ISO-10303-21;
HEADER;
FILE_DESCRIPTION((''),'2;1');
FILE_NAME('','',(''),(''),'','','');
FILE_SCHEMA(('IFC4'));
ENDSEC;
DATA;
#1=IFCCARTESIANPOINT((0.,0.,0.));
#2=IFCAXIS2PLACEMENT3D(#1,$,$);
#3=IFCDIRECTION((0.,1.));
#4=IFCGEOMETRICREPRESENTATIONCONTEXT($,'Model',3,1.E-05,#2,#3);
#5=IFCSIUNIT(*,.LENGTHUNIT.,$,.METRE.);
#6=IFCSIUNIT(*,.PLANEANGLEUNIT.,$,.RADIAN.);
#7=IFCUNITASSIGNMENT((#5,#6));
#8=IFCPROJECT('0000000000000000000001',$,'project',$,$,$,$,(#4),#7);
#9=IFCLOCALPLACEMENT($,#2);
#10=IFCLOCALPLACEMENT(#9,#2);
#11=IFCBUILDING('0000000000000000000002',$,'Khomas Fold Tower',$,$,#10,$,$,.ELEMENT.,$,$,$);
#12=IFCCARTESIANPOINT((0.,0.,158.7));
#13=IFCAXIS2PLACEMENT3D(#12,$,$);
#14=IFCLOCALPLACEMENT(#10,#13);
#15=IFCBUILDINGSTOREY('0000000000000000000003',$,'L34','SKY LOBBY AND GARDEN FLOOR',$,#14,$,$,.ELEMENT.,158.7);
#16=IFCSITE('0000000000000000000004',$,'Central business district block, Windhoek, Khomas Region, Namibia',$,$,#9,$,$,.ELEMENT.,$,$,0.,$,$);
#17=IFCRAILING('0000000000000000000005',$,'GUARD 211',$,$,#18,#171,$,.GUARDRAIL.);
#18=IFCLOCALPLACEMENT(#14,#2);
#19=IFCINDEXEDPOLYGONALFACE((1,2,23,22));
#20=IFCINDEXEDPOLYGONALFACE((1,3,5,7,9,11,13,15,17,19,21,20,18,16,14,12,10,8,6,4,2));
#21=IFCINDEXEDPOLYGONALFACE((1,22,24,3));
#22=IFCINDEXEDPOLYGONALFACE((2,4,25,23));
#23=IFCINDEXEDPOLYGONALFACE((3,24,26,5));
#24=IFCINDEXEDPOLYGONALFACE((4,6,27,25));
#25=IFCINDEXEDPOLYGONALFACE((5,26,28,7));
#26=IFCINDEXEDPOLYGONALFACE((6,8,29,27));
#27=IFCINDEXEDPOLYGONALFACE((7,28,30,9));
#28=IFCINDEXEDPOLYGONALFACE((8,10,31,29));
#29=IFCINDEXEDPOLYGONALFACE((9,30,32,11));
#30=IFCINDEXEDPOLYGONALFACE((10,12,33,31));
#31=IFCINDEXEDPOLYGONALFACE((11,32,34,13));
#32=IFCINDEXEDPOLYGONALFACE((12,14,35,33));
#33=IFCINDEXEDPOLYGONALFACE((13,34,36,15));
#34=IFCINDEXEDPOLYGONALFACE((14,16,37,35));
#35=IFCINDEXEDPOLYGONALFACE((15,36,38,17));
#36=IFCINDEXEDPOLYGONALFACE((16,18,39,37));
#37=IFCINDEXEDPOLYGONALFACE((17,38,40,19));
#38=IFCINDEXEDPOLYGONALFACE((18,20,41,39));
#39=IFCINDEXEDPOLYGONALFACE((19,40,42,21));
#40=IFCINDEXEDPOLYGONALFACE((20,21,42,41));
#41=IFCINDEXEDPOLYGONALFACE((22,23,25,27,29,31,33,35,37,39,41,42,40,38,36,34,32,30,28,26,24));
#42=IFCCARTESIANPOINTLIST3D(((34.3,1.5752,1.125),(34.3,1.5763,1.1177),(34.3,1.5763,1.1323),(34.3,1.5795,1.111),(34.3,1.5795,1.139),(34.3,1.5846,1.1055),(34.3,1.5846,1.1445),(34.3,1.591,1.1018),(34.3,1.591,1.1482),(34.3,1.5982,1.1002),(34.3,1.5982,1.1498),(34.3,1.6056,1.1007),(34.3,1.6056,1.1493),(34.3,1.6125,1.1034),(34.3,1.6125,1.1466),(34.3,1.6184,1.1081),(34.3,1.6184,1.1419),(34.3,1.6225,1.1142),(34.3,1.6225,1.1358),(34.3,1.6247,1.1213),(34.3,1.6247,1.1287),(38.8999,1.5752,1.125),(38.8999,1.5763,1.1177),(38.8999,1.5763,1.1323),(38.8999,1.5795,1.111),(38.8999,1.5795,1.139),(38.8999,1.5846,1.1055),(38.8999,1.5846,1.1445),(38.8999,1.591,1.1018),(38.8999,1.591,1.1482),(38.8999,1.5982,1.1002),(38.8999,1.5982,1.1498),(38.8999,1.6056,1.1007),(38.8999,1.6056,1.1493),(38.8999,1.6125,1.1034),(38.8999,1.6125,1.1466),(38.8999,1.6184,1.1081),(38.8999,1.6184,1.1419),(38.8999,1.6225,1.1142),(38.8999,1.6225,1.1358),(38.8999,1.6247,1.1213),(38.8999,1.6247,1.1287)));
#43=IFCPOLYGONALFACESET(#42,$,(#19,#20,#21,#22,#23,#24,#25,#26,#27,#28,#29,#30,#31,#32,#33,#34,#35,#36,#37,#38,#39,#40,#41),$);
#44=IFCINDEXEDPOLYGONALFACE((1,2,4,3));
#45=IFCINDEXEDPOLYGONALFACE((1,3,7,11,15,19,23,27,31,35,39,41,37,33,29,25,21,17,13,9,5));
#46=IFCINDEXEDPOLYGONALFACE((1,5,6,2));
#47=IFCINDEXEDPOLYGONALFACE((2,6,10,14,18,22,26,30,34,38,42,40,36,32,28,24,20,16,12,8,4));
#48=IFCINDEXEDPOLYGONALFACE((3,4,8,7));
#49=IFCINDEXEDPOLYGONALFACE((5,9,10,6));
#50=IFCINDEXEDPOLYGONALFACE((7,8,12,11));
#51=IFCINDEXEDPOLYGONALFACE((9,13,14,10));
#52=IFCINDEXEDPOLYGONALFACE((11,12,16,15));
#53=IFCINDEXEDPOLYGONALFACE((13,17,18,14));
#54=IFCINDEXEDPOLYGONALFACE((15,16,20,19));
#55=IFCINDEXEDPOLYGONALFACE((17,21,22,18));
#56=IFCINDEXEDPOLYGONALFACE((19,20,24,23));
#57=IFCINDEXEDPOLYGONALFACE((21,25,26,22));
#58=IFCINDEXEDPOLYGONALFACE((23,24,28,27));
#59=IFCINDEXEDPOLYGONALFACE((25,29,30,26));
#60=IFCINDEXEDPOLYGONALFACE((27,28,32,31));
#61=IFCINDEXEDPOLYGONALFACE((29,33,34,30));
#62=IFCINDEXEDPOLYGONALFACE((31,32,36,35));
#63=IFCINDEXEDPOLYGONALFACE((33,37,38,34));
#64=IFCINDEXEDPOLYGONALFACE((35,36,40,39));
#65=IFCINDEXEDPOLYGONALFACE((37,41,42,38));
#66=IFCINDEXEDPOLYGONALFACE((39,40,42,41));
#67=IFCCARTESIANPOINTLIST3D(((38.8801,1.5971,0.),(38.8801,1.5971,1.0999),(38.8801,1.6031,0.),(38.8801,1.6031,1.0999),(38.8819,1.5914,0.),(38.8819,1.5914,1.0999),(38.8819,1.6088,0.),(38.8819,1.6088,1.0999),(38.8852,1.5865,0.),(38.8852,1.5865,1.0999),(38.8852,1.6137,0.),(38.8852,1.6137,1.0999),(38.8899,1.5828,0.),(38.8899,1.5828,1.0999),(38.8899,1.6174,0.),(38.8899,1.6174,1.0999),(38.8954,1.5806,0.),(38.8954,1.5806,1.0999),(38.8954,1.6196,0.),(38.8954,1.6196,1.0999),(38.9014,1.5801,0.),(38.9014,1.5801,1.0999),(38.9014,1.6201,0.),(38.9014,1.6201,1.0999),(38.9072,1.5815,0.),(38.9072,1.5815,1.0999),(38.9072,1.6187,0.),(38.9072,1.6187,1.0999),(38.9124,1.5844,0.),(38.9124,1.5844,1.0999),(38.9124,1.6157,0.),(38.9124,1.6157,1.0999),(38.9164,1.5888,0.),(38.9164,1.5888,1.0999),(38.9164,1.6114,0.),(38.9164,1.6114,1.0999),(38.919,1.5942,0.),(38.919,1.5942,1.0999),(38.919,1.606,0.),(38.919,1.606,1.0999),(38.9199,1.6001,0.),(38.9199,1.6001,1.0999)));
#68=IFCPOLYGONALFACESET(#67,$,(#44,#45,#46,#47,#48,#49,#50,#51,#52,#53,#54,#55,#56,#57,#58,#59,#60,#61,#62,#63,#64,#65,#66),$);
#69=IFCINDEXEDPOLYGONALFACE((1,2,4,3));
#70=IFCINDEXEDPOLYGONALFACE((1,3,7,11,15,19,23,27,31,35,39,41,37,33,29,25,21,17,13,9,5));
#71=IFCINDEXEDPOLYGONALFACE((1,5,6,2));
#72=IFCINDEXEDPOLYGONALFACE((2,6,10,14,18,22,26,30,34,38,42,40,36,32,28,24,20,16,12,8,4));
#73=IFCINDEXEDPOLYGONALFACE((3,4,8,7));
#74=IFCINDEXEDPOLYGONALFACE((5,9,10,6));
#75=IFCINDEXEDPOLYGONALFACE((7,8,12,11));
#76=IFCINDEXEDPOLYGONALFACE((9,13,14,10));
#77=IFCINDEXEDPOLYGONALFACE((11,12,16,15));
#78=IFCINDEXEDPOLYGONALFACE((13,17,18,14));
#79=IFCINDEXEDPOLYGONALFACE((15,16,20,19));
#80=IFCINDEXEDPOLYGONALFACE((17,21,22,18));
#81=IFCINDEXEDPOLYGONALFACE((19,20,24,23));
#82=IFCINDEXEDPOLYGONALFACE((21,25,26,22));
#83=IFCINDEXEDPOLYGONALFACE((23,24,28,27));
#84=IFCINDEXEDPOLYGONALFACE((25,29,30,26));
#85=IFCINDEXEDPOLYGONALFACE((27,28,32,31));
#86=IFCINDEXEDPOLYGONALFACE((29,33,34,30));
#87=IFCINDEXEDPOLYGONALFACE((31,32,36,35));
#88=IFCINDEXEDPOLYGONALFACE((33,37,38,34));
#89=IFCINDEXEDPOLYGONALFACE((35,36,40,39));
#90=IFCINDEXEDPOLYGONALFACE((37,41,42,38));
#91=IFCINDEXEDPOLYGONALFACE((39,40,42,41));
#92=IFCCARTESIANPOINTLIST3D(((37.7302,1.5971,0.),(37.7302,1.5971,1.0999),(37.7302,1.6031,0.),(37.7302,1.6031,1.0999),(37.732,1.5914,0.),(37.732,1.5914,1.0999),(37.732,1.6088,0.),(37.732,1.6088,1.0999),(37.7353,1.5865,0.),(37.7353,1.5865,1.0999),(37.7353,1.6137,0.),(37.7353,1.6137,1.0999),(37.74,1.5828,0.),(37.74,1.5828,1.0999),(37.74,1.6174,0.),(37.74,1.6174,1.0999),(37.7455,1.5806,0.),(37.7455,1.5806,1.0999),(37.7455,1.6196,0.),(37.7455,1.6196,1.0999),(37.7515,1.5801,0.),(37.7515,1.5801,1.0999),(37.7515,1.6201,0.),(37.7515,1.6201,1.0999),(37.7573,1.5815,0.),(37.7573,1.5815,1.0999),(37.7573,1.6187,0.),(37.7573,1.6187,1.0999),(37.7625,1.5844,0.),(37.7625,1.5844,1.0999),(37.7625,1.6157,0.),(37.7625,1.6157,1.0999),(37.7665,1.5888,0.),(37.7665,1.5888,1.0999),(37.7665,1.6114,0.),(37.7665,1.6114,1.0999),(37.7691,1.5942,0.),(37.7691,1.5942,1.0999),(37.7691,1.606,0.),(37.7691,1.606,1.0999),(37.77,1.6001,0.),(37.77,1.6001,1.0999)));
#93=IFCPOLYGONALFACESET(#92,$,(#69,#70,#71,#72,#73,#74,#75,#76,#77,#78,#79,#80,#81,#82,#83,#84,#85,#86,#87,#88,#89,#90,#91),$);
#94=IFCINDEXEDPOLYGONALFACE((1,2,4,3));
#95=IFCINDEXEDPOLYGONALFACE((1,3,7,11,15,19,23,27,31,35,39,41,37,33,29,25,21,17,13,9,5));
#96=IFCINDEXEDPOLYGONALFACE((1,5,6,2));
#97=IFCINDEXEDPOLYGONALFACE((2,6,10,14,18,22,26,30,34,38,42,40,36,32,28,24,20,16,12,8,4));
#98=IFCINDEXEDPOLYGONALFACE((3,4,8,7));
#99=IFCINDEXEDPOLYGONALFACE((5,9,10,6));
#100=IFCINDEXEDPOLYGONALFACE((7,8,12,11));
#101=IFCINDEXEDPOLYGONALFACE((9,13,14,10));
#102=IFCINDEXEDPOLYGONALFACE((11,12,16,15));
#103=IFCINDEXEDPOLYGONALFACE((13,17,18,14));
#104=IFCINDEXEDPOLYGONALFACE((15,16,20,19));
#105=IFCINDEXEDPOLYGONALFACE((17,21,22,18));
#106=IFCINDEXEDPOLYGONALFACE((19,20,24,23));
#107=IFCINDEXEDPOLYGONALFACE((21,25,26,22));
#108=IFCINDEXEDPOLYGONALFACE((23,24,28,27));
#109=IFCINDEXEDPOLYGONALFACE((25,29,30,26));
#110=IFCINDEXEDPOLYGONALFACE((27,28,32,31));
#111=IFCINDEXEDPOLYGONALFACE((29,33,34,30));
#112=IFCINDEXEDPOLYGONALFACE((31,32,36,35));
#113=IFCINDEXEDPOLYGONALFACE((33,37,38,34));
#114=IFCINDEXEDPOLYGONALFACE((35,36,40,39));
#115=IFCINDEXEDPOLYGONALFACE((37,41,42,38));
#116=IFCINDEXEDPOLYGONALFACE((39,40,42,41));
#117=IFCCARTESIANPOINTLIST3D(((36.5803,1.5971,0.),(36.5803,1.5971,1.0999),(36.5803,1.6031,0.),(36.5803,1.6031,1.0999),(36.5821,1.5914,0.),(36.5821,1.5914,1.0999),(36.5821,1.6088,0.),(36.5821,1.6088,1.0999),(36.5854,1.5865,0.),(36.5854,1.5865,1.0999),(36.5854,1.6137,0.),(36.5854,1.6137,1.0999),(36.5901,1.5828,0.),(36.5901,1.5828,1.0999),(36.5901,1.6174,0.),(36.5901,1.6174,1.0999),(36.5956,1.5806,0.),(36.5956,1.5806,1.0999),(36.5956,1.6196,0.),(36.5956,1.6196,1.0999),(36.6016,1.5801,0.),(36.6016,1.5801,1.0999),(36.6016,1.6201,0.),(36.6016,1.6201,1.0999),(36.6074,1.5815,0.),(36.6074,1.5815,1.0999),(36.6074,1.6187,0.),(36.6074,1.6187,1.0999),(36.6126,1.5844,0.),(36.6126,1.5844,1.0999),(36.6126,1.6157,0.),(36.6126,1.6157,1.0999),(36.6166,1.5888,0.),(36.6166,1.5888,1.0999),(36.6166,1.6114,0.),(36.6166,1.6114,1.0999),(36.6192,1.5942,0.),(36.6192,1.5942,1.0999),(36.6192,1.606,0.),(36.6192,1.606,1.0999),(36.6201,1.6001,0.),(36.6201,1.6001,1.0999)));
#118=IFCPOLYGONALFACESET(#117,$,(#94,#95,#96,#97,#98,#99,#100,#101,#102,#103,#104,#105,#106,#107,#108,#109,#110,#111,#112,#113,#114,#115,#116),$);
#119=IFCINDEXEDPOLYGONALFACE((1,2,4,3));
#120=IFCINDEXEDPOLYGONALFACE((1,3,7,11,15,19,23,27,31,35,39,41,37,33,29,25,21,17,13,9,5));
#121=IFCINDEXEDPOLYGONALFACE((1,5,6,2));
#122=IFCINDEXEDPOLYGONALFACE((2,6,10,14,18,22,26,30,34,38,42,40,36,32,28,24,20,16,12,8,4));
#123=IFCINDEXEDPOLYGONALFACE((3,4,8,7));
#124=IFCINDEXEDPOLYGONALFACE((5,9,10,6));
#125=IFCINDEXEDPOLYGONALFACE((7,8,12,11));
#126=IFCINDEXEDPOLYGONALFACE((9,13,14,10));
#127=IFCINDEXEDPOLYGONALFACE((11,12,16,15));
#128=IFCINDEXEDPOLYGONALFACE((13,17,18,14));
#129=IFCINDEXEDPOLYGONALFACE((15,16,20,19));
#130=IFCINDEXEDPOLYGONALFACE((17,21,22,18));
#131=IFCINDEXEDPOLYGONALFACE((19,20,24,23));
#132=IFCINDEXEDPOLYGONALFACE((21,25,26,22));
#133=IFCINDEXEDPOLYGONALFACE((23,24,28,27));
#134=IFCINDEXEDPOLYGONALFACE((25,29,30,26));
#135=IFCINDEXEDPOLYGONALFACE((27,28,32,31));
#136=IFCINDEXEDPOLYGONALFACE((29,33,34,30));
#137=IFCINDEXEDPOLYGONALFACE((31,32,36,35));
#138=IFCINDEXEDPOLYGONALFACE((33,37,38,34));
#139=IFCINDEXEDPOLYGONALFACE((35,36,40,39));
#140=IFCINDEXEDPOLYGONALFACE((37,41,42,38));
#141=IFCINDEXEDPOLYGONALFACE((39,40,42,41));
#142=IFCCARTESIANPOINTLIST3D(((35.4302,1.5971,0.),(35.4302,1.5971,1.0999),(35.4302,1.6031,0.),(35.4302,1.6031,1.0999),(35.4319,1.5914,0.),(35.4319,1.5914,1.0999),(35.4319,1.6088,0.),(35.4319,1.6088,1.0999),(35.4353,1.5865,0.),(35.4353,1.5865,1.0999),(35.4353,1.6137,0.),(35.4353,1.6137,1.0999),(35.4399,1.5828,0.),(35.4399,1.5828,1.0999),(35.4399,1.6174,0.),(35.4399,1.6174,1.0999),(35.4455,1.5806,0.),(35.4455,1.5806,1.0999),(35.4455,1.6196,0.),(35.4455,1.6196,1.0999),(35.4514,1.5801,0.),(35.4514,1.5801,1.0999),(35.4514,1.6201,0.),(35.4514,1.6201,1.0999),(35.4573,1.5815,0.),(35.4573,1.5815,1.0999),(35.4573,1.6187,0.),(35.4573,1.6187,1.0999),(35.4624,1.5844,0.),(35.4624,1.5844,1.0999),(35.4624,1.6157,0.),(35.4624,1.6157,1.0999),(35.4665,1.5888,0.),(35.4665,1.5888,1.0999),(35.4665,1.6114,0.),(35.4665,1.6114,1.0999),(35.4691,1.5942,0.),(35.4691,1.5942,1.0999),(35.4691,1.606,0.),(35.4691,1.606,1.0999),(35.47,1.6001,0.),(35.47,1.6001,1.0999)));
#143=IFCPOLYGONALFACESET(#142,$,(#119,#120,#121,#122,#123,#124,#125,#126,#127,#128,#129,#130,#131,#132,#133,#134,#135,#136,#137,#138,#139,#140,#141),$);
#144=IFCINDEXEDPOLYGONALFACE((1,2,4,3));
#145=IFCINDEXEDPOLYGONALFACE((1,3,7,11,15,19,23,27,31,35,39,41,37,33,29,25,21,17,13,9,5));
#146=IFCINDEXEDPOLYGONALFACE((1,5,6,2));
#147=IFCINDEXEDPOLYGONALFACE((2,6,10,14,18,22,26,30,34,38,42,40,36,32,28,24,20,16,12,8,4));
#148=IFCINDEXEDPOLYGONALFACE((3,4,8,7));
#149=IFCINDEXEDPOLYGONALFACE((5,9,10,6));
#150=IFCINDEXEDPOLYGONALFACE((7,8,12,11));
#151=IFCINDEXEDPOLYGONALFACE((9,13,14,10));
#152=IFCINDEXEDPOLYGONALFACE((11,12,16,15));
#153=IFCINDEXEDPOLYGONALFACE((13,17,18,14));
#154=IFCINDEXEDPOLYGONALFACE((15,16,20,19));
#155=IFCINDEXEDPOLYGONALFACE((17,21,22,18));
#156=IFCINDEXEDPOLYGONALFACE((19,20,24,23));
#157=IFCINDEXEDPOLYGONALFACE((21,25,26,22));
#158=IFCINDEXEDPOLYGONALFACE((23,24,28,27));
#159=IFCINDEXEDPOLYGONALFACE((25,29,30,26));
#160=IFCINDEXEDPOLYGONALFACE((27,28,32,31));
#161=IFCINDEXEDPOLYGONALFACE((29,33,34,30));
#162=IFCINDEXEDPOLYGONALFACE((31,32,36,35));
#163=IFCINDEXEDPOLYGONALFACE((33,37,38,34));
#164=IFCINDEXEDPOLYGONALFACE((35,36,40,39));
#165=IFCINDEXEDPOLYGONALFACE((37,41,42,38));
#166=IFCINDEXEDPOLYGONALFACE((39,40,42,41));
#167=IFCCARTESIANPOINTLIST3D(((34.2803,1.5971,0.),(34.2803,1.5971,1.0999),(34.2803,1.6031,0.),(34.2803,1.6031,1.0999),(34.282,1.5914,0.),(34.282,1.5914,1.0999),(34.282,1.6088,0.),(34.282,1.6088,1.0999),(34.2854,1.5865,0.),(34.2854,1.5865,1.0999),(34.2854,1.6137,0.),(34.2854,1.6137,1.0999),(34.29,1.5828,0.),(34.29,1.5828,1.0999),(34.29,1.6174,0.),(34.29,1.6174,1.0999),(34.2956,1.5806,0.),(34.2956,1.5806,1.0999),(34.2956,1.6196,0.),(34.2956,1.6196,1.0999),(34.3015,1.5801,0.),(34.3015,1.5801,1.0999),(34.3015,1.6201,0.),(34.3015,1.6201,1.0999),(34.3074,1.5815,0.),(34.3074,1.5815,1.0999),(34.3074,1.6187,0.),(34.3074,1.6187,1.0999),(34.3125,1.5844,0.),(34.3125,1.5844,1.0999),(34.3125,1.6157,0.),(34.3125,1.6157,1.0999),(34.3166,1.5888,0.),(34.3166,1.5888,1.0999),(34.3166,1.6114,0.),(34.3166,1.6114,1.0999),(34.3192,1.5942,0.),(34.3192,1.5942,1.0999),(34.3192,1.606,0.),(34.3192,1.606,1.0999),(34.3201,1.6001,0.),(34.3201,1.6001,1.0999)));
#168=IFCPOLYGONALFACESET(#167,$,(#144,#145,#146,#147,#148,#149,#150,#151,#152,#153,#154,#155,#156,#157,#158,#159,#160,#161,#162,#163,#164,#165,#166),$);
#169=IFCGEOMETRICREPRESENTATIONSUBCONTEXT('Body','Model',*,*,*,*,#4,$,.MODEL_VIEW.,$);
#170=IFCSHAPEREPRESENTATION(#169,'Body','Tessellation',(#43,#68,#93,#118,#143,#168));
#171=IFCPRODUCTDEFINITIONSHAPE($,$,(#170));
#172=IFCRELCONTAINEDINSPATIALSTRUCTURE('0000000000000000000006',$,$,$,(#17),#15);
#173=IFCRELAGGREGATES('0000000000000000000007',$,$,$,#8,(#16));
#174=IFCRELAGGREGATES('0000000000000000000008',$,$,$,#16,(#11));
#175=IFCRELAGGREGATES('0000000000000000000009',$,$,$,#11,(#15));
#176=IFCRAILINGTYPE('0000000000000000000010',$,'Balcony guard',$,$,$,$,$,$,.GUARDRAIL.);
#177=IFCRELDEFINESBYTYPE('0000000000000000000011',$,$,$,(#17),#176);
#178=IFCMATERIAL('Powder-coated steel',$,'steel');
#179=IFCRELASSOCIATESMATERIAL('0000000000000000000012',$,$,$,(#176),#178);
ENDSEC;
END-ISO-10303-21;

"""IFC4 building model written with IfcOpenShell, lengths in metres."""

from ifc_helpers import new_model, si_unit, direction, frame, origin, origin_2d, place, context, subcontext, project, spatial, circle, extrude, source, transform, mapped, material, type_object, element, save


model = new_model("IFC4")

# Units and contexts
model_context = context("Model", 3, precision=1e-05, world=origin(), true_north=direction((0.0, 1.0)))
body_context = subcontext(model_context, "Body", "Model", "MODEL_VIEW")
ifc_project = project(units=[si_unit("LENGTHUNIT", "METRE"), si_unit("PLANEANGLEUNIT", "RADIAN")], contexts=[model_context])

# Site, building, storey
site_placement = place(None, origin())
site = spatial("IfcSite", under=ifc_project, at=site_placement, Name="Central business district block, Windhoek, Khomas Region, Namibia", CompositionType="ELEMENT", RefElevation=0.0)
building_placement = place(site_placement, origin())
building = spatial("IfcBuilding", under=site, at=building_placement, Name="Khomas Fold Tower", CompositionType="ELEMENT")
storey_placement = place(building_placement, frame((0.0, 0.0, 158.7)))
storey = spatial("IfcBuildingStorey", under=building, at=storey_placement, Name="L34", Description="SKY LOBBY AND GARDEN FLOOR", CompositionType="ELEMENT", Elevation=158.7)

# Railing
ifc_material_1 = material(Name="Powder-coated steel", Category="steel")
railing_type = type_object("IfcRailingType", Name="Balcony guard", PredefinedType="GUARDRAIL", material=ifc_material_1)
shared_shape_1 = source(origin(), body_context, "Body", "SweptSolid", [
    extrude(circle(Radius=0.0249, at=origin_2d()), frame((0.0, 0.0, 1.125), z_axis=(-1.0, 0.0, 0.0), x_axis=(0.0, -1.0, 0.0)), (0.0, 0.0, 1.0), 4.5999),
    extrude(circle(Radius=0.02, at=origin_2d()), origin(), (0.0, 0.0, 1.0), 1.0999),
    extrude(circle(Radius=0.02, at=origin_2d()), frame((-1.1499, 0.0, 0.0)), (0.0, 0.0, 1.0), 1.0999),
    extrude(circle(Radius=0.02, at=origin_2d()), frame((-2.2998, 0.0, 0.0)), (0.0, 0.0, 1.0), 1.0999),
    extrude(circle(Radius=0.02, at=origin_2d()), frame((-3.45, 0.0, 0.0)), (0.0, 0.0, 1.0), 1.0999),
    extrude(circle(Radius=0.02, at=origin_2d()), frame((-4.5999, 0.0, 0.0)), (0.0, 0.0, 1.0), 1.0999),
])
railing_1_placement = place(storey_placement, frame((38.8999, 1.6001, 0.0)))
element("IfcRailing", 1, at=railing_1_placement, inside=storey, type_object=railing_type, Name="GUARD 211", PredefinedType="GUARDRAIL", context=body_context, shape_type="MappedRepresentation", body=[
    mapped(shared_shape_1, transform((0.0, 0.0, 0.0))),
])

save(model, "model.ifc")
